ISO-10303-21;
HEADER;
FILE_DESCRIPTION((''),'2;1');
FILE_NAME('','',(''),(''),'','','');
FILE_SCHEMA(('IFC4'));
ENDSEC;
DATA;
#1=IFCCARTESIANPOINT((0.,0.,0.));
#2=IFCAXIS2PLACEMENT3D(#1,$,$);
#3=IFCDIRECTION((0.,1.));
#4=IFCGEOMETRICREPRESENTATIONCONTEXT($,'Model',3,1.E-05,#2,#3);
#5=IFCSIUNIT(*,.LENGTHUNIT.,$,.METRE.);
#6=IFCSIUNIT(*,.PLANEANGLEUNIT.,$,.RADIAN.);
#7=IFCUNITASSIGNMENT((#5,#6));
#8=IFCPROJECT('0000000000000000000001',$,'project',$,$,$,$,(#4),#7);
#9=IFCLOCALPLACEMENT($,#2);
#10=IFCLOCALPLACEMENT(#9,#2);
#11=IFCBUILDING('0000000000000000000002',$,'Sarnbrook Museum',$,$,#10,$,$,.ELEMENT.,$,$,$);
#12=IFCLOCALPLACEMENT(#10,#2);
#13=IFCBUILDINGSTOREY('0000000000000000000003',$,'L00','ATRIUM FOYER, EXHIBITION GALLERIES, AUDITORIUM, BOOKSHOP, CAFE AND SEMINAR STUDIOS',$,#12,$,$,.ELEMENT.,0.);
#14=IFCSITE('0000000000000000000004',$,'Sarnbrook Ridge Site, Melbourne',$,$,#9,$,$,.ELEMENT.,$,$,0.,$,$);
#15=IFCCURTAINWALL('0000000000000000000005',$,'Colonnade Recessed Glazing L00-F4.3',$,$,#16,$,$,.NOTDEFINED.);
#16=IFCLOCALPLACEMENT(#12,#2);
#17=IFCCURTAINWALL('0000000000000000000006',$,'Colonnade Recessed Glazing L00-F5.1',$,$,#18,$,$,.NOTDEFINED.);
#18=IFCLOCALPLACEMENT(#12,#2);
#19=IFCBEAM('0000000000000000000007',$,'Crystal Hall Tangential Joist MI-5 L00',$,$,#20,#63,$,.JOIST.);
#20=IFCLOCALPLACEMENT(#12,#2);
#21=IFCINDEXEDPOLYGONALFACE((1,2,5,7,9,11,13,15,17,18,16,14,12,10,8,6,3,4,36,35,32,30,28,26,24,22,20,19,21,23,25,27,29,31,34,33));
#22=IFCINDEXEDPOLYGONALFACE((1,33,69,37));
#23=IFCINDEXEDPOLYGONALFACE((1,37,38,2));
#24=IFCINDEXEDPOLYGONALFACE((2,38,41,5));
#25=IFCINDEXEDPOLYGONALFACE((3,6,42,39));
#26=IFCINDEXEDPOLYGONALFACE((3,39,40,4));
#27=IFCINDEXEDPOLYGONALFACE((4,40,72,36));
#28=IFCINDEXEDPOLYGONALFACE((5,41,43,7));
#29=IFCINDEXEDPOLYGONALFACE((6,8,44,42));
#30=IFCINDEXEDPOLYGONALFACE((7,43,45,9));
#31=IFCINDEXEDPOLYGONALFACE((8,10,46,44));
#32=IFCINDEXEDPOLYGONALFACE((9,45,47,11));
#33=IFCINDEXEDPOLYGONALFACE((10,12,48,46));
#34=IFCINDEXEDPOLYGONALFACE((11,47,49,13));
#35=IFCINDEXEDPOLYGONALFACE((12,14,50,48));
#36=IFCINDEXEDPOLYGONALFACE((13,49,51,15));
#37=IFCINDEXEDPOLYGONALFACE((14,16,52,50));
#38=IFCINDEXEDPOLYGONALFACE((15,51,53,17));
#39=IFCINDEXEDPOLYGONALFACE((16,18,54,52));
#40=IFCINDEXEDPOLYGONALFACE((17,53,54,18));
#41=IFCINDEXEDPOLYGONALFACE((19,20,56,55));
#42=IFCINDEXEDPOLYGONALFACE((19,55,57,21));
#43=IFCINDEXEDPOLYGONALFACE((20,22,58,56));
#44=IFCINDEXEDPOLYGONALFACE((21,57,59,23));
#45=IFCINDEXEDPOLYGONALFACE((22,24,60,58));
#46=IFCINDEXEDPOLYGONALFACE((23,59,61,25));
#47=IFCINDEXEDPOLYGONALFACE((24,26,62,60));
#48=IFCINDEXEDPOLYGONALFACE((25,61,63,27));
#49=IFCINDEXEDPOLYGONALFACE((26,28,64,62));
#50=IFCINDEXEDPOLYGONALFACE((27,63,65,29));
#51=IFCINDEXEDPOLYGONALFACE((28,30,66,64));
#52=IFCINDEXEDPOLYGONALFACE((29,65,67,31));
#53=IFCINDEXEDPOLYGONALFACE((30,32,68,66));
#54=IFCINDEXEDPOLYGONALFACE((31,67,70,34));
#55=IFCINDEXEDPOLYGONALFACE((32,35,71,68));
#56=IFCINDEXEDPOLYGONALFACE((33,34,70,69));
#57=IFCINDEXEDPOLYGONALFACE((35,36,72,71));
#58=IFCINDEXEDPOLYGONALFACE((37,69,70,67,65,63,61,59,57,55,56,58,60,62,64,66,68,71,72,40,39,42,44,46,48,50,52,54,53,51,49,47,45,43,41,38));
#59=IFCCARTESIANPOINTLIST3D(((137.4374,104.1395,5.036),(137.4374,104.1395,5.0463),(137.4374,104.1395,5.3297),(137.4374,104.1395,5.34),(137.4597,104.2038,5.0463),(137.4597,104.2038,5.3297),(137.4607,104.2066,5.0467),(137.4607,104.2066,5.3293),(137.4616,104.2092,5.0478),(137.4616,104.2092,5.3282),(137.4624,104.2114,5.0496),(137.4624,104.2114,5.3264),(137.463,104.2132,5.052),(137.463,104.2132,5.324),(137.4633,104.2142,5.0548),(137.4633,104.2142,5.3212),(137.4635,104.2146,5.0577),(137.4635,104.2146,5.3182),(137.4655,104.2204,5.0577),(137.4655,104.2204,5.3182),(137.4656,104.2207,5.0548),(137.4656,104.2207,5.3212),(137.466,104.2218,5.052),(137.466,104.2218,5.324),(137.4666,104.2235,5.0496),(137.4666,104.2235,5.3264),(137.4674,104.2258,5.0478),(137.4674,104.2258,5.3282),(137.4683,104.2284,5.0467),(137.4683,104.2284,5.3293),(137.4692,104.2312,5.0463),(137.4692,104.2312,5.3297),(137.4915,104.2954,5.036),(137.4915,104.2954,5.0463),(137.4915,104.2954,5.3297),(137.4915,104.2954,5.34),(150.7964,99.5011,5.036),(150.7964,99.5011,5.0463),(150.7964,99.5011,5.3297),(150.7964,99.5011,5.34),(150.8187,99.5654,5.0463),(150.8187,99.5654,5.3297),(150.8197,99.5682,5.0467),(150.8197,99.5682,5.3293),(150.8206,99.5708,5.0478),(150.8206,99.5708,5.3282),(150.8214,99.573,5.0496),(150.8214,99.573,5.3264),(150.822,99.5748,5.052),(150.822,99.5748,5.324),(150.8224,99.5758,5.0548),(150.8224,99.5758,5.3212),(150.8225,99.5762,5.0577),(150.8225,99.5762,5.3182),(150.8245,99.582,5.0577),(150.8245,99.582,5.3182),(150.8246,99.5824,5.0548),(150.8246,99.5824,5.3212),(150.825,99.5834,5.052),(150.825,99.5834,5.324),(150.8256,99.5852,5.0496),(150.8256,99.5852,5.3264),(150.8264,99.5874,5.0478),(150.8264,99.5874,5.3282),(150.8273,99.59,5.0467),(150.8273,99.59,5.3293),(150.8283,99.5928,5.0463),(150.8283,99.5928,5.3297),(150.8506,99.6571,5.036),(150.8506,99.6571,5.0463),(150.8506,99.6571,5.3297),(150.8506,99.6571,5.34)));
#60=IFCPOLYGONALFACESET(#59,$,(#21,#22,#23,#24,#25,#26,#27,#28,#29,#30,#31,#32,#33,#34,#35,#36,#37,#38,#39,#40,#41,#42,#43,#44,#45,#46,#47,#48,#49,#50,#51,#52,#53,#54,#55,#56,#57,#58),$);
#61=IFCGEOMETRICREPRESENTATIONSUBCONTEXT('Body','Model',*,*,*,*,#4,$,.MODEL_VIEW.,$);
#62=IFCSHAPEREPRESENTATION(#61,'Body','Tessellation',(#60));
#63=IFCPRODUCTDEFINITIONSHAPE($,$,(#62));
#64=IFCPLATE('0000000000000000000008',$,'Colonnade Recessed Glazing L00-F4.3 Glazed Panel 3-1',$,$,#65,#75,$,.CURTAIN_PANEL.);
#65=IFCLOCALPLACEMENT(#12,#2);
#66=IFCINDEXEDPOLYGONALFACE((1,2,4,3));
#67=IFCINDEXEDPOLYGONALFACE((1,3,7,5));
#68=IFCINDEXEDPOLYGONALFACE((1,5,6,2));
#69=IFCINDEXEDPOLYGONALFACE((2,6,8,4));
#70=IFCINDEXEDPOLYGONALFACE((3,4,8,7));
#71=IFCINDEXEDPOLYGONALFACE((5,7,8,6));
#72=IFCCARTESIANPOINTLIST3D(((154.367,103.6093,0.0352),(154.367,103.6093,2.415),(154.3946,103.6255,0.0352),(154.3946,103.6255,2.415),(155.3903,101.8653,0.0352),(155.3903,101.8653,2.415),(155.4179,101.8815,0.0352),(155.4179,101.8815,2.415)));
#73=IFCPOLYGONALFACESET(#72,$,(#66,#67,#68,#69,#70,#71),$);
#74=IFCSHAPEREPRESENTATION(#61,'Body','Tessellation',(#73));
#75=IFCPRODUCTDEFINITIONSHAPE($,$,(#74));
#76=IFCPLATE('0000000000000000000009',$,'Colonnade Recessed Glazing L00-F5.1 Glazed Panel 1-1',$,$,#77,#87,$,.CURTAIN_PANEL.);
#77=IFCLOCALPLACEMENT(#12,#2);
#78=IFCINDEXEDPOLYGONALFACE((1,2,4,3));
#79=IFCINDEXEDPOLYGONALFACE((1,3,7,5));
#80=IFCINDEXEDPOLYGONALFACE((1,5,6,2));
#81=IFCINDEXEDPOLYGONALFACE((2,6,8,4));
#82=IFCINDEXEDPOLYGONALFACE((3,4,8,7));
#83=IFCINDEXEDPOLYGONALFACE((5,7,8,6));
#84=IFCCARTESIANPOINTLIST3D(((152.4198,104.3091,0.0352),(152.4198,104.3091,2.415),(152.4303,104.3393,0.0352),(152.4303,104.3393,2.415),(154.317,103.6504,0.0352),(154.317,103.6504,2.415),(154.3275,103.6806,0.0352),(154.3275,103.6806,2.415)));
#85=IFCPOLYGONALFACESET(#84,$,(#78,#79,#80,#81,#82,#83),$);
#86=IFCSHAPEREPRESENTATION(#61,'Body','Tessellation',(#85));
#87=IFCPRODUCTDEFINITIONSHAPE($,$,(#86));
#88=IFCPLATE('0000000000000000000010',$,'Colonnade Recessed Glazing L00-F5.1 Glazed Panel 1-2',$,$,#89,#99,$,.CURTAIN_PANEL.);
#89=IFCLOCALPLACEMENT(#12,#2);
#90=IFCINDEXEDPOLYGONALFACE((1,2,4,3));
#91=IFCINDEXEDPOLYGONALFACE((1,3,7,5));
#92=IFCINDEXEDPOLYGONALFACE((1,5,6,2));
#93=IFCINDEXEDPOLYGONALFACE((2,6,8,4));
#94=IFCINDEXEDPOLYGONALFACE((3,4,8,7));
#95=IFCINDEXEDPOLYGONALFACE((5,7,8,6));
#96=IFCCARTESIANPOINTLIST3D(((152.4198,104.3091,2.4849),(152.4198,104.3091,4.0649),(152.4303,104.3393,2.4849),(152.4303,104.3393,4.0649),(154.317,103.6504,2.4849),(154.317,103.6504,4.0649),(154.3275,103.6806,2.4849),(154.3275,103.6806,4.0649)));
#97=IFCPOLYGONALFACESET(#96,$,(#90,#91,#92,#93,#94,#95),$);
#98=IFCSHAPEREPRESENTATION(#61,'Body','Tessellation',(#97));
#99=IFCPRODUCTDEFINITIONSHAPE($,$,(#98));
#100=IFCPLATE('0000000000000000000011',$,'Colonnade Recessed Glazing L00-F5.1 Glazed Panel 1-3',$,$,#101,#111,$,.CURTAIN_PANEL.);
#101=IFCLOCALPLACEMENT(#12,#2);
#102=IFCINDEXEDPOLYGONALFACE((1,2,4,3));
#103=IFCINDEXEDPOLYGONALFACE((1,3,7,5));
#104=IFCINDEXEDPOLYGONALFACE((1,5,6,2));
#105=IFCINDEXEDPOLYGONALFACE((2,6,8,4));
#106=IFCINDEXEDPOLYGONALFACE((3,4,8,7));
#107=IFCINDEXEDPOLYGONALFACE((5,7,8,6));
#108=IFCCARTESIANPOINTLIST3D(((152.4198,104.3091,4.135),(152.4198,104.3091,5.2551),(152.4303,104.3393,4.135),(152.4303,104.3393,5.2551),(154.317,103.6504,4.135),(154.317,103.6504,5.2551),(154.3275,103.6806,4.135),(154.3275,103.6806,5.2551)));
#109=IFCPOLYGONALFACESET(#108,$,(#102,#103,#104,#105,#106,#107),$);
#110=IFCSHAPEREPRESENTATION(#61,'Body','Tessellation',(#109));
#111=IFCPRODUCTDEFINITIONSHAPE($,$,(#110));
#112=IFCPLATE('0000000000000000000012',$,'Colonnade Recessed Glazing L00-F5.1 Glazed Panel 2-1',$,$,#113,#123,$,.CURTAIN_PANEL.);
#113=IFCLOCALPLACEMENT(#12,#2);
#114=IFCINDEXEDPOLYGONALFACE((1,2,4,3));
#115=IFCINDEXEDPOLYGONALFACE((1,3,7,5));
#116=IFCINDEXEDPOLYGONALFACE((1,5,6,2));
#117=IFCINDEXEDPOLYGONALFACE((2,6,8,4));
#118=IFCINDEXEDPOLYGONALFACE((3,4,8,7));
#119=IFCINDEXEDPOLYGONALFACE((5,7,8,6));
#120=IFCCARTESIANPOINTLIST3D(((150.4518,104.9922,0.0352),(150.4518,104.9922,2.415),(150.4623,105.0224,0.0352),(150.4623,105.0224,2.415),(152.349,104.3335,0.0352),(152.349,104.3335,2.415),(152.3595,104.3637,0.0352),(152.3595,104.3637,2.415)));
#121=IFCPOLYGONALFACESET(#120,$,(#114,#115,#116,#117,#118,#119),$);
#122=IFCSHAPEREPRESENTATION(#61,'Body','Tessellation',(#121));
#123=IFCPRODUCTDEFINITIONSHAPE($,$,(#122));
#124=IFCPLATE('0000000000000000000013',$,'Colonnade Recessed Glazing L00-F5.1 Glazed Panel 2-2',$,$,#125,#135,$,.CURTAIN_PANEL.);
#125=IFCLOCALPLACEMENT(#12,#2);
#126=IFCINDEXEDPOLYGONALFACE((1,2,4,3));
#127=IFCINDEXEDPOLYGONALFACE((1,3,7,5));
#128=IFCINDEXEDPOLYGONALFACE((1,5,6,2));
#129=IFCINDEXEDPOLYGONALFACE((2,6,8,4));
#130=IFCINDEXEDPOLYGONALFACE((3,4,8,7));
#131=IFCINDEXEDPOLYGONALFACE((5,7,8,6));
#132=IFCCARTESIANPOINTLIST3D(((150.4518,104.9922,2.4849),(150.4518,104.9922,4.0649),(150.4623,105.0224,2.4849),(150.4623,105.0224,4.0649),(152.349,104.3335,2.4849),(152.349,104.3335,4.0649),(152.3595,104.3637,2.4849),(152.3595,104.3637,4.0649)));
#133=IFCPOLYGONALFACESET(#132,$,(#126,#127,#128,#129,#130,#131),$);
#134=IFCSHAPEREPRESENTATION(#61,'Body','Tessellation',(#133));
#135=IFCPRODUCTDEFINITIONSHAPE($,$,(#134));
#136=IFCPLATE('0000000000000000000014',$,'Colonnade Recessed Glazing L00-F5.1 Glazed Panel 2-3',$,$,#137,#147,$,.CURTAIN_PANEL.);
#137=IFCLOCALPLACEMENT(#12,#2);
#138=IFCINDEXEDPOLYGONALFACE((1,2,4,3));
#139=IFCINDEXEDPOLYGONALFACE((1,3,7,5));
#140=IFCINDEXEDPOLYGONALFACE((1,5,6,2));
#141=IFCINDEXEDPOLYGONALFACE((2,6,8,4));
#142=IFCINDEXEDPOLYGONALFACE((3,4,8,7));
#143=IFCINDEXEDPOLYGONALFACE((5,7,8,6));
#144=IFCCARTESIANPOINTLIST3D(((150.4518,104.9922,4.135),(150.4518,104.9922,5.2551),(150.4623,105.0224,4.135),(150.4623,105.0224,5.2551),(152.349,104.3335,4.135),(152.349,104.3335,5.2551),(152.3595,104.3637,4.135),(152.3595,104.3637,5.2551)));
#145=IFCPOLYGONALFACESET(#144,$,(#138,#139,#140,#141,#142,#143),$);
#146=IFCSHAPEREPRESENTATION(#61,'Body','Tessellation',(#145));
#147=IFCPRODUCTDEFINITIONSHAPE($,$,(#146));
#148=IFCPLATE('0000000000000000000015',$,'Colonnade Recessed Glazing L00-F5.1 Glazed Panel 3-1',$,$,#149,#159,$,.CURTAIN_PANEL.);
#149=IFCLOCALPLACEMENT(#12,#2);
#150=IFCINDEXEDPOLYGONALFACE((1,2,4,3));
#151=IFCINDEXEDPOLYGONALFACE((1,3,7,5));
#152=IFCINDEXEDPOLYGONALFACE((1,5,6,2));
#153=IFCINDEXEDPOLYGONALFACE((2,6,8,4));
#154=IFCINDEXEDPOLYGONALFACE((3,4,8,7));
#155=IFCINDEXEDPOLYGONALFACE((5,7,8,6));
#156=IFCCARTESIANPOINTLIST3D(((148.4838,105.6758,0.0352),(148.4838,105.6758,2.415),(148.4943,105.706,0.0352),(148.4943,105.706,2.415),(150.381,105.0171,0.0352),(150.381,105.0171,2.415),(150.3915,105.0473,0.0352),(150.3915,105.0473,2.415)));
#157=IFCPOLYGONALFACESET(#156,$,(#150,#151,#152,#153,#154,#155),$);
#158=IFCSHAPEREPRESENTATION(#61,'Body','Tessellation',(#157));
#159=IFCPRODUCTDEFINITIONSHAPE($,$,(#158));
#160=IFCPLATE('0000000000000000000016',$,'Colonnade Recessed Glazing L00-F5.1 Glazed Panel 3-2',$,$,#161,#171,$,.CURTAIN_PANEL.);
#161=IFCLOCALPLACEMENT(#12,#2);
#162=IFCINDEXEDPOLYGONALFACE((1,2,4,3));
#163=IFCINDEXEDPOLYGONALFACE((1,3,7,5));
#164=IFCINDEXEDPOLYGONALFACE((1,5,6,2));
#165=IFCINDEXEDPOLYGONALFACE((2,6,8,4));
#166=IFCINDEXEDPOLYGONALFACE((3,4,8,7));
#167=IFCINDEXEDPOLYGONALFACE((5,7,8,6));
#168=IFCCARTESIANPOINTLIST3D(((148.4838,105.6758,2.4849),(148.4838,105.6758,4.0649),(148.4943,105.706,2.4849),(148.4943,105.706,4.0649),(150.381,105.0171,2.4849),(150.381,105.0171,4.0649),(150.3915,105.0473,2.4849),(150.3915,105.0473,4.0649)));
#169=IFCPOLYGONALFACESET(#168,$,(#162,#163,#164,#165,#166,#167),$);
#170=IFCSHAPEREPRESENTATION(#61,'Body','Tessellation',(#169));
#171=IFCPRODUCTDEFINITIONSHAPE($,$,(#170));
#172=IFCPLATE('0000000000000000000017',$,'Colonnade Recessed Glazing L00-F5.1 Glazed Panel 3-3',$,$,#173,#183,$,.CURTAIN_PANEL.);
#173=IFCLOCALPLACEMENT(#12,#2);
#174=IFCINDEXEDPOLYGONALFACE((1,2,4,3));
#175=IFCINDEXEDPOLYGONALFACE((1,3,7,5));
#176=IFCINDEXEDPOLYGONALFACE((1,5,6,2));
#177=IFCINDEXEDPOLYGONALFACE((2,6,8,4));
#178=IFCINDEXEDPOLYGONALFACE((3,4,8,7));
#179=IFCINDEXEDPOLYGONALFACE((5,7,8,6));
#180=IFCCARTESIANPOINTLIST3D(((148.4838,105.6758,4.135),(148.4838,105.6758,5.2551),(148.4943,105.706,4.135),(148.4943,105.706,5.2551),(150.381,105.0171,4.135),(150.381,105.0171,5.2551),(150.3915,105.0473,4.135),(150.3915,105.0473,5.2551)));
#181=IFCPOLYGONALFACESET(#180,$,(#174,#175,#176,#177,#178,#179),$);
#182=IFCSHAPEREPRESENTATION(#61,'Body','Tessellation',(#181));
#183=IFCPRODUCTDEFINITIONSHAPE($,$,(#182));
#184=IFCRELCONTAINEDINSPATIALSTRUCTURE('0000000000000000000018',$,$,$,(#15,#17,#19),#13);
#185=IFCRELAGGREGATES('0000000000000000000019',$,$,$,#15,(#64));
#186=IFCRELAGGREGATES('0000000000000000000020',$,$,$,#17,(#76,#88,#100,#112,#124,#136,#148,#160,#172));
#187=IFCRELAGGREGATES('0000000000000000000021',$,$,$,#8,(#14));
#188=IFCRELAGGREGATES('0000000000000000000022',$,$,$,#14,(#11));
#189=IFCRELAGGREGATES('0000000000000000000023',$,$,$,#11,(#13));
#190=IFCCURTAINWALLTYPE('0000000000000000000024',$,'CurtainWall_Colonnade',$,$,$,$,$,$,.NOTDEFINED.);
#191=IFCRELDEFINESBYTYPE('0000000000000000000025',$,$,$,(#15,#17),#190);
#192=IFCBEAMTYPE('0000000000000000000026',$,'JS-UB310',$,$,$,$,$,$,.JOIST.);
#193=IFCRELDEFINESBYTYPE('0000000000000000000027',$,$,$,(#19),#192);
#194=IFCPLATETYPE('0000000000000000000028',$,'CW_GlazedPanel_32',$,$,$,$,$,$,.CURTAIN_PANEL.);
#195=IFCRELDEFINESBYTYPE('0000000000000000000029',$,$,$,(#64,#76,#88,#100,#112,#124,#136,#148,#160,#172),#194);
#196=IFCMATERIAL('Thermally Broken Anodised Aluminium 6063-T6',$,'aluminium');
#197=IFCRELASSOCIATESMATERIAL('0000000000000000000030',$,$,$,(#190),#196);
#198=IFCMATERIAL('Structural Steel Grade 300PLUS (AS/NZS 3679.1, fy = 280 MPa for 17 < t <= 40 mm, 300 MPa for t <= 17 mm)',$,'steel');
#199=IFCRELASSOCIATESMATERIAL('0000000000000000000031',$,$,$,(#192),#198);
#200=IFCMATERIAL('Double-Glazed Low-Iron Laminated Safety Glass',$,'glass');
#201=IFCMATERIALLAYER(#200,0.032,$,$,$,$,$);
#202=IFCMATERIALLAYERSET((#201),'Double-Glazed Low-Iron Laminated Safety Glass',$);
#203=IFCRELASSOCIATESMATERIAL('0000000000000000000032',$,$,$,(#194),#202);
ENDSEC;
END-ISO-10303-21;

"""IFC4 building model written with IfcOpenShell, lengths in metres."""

from ifc_helpers import new_model, si_unit, direction, frame, origin, origin_2d, place, context, subcontext, project, spatial, rectangle, i_section, extrude, material, layer, layer_set, material_profile, profile_set, type_object, element, aggregate, save


model = new_model("IFC4")

# Units and contexts
model_context = context("Model", 3, precision=1e-05, world=origin(), true_north=direction((0.0, 1.0)))
body_context = subcontext(model_context, "Body", "Model", "MODEL_VIEW")
ifc_project = project(units=[si_unit("LENGTHUNIT", "METRE"), si_unit("PLANEANGLEUNIT", "RADIAN")], contexts=[model_context])

# Site, building, storey
site_placement = place(None, origin())
site = spatial("IfcSite", under=ifc_project, at=site_placement, Name="Sarnbrook Ridge Site, Melbourne", CompositionType="ELEMENT", RefElevation=0.0)
building_placement = place(site_placement, origin())
building = spatial("IfcBuilding", under=site, at=building_placement, Name="Sarnbrook Museum", CompositionType="ELEMENT")
storey_placement = place(building_placement, origin())
storey = spatial("IfcBuildingStorey", under=building, at=storey_placement, Name="L00", Description="ATRIUM FOYER, EXHIBITION GALLERIES, AUDITORIUM, BOOKSHOP, CAFE AND SEMINAR STUDIOS", CompositionType="ELEMENT", Elevation=0.0)

# Curtain wall
ifc_material_1 = material(Name="Thermally Broken Anodised Aluminium 6063-T6", Category="aluminium")
curtain_wall_type = type_object("IfcCurtainWallType", Name="CurtainWall_Colonnade", PredefinedType="NOTDEFINED", material=ifc_material_1)
curtain_wall_1_placement = place(storey_placement, origin())
curtain_wall_1 = element("IfcCurtainWall", 1, at=curtain_wall_1_placement, inside=storey, type_object=curtain_wall_type, Name="Colonnade Recessed Glazing L00-F4.3", PredefinedType="NOTDEFINED")

# Curtain wall
curtain_wall_2_placement = place(storey_placement, origin())
curtain_wall_2 = element("IfcCurtainWall", 2, at=curtain_wall_2_placement, inside=storey, type_object=curtain_wall_type, Name="Colonnade Recessed Glazing L00-F5.1", PredefinedType="NOTDEFINED")

# Beam
ifc_material_2 = material(Name="Structural Steel Grade 300PLUS (AS/NZS 3679.1, fy = 280 MPa for 17 < t <= 40 mm, 300 MPa for t <= 17 mm)", Category="steel")
ifc_material_profile_1 = material_profile(ifc_material_2, i_section(OverallWidth=0.165, OverallDepth=0.304, WebThickness=0.0061, FlangeThickness=0.0103, FilletRadius=0.0115, at=origin_2d()), Name="310UB40.4")
ifc_profile_set_1 = profile_set([ifc_material_profile_1], Name="Structural Steel Grade 300PLUS (AS/NZS 3679.1, fy = 280 MPa for 17 < t <= 40 mm, 300 MPa for t <= 17 mm)")
beam_type_1 = type_object("IfcBeamType", Name="JS-UB310", PredefinedType="JOIST", material=ifc_profile_set_1)
beam_1_placement = place(storey_placement, frame((150.8235, 99.5791, 5.188), z_axis=(-0.944677, 0.328002, 0.0), x_axis=(-0.328002, -0.944677, 0.0)))
element("IfcBeam", 3, at=beam_1_placement, inside=storey, type_object=beam_type_1, Name="Crystal Hall Tangential Joist MI-5 L00", PredefinedType="JOIST", context=body_context, shape_type="SweptSolid", body=[
    extrude(i_section(OverallWidth=0.165, OverallDepth=0.304, WebThickness=0.0061, FlangeThickness=0.0103, FilletRadius=0.0115, at=origin_2d()), origin(), (0.0, 0.0, 1.0), 14.1414),
])

# Plates
ifc_material_3 = material(Name="Double-Glazed Low-Iron Laminated Safety Glass", Category="glass")
ifc_layer = layer(ifc_material_3, 0.032)
ifc_layer_set = layer_set([ifc_layer], Name="Double-Glazed Low-Iron Laminated Safety Glass")
plate_type = type_object("IfcPlateType", Name="CW_GlazedPanel_32", PredefinedType="CURTAIN_PANEL", material=ifc_layer_set)
plate_1_placement = place(storey_placement, frame((154.8787, 102.7373, 1.2251), z_axis=(0.862498, 0.50606, 0.0), x_axis=(-0.50606, 0.862498, 0.0)))
plate_1 = element("IfcPlate", 4, at=plate_1_placement, type_object=plate_type, Name="Colonnade Recessed Glazing L00-F4.3 Glazed Panel 3-1", PredefinedType="CURTAIN_PANEL", context=body_context, shape_type="SweptSolid", body=[
    extrude(rectangle(XDim=2.022, YDim=2.3799, at=origin_2d()), origin(), (0.0, 0.0, 1.0), 0.032),
])
aggregate(curtain_wall_1, [plate_1])
plate_2_placement = place(storey_placement, frame((153.3684, 103.9797, 1.2251), z_axis=(0.328012, 0.944674, 0.0), x_axis=(-0.944674, 0.328012, 0.0)))
plate_2 = element("IfcPlate", 5, at=plate_2_placement, type_object=plate_type, Name="Colonnade Recessed Glazing L00-F5.1 Glazed Panel 1-1", PredefinedType="CURTAIN_PANEL", context=body_context, shape_type="SweptSolid", body=[
    extrude(rectangle(XDim=2.0083, YDim=2.3799, at=origin_2d()), origin(), (0.0, 0.0, 1.0), 0.032),
])
plate_3_placement = place(storey_placement, frame((153.3684, 103.9797, 3.2749), z_axis=(0.328012, 0.944674, 0.0), x_axis=(-0.944674, 0.328012, 0.0)))
plate_3 = element("IfcPlate", 6, at=plate_3_placement, type_object=plate_type, Name="Colonnade Recessed Glazing L00-F5.1 Glazed Panel 1-2", PredefinedType="CURTAIN_PANEL", context=body_context, shape_type="SweptSolid", body=[
    extrude(rectangle(XDim=2.0083, YDim=1.5801, at=origin_2d()), origin(), (0.0, 0.0, 1.0), 0.032),
])
plate_4_placement = place(storey_placement, frame((153.3684, 103.9797, 4.6951), z_axis=(0.328012, 0.944674, 0.0), x_axis=(-0.944674, 0.328012, 0.0)))
plate_4 = element("IfcPlate", 7, at=plate_4_placement, type_object=plate_type, Name="Colonnade Recessed Glazing L00-F5.1 Glazed Panel 1-3", PredefinedType="CURTAIN_PANEL", context=body_context, shape_type="SweptSolid", body=[
    extrude(rectangle(XDim=2.0083, YDim=1.1201, at=origin_2d()), origin(), (0.0, 0.0, 1.0), 0.032),
])
plate_5_placement = place(storey_placement, frame((151.4004, 104.6628, 1.2251), z_axis=(0.328012, 0.944674, 0.0), x_axis=(-0.944674, 0.328012, 0.0)))
plate_5 = element("IfcPlate", 8, at=plate_5_placement, type_object=plate_type, Name="Colonnade Recessed Glazing L00-F5.1 Glazed Panel 2-1", PredefinedType="CURTAIN_PANEL", context=body_context, shape_type="SweptSolid", body=[
    extrude(rectangle(XDim=2.0083, YDim=2.3799, at=origin_2d()), origin(), (0.0, 0.0, 1.0), 0.032),
])
plate_6_placement = place(storey_placement, frame((151.4004, 104.6628, 3.2749), z_axis=(0.328012, 0.944674, 0.0), x_axis=(-0.944674, 0.328012, 0.0)))
plate_6 = element("IfcPlate", 9, at=plate_6_placement, type_object=plate_type, Name="Colonnade Recessed Glazing L00-F5.1 Glazed Panel 2-2", PredefinedType="CURTAIN_PANEL", context=body_context, shape_type="SweptSolid", body=[
    extrude(rectangle(XDim=2.0083, YDim=1.5801, at=origin_2d()), origin(), (0.0, 0.0, 1.0), 0.032),
])
plate_7_placement = place(storey_placement, frame((151.4004, 104.6628, 4.6951), z_axis=(0.328012, 0.944674, 0.0), x_axis=(-0.944674, 0.328012, 0.0)))
plate_7 = element("IfcPlate", 10, at=plate_7_placement, type_object=plate_type, Name="Colonnade Recessed Glazing L00-F5.1 Glazed Panel 2-3", PredefinedType="CURTAIN_PANEL", context=body_context, shape_type="SweptSolid", body=[
    extrude(rectangle(XDim=2.0083, YDim=1.1201, at=origin_2d()), origin(), (0.0, 0.0, 1.0), 0.032),
])
plate_8_placement = place(storey_placement, frame((149.4324, 105.3464, 1.2251), z_axis=(0.328012, 0.944674, 0.0), x_axis=(-0.944674, 0.328012, 0.0)))
plate_8 = element("IfcPlate", 11, at=plate_8_placement, type_object=plate_type, Name="Colonnade Recessed Glazing L00-F5.1 Glazed Panel 3-1", PredefinedType="CURTAIN_PANEL", context=body_context, shape_type="SweptSolid", body=[
    extrude(rectangle(XDim=2.0083, YDim=2.3799, at=origin_2d()), origin(), (0.0, 0.0, 1.0), 0.032),
])
plate_9_placement = place(storey_placement, frame((149.4324, 105.3464, 3.2749), z_axis=(0.328012, 0.944674, 0.0), x_axis=(-0.944674, 0.328012, 0.0)))
plate_9 = element("IfcPlate", 12, at=plate_9_placement, type_object=plate_type, Name="Colonnade Recessed Glazing L00-F5.1 Glazed Panel 3-2", PredefinedType="CURTAIN_PANEL", context=body_context, shape_type="SweptSolid", body=[
    extrude(rectangle(XDim=2.0083, YDim=1.5801, at=origin_2d()), origin(), (0.0, 0.0, 1.0), 0.032),
])
plate_10_placement = place(storey_placement, frame((149.4324, 105.3464, 4.6951), z_axis=(0.328012, 0.944674, 0.0), x_axis=(-0.944674, 0.328012, 0.0)))
plate_10 = element("IfcPlate", 13, at=plate_10_placement, type_object=plate_type, Name="Colonnade Recessed Glazing L00-F5.1 Glazed Panel 3-3", PredefinedType="CURTAIN_PANEL", context=body_context, shape_type="SweptSolid", body=[
    extrude(rectangle(XDim=2.0083, YDim=1.1201, at=origin_2d()), origin(), (0.0, 0.0, 1.0), 0.032),
])
aggregate(curtain_wall_2, [plate_2, plate_3, plate_4, plate_5, plate_6, plate_7, plate_8, plate_9, plate_10])

save(model, "model.ifc")
